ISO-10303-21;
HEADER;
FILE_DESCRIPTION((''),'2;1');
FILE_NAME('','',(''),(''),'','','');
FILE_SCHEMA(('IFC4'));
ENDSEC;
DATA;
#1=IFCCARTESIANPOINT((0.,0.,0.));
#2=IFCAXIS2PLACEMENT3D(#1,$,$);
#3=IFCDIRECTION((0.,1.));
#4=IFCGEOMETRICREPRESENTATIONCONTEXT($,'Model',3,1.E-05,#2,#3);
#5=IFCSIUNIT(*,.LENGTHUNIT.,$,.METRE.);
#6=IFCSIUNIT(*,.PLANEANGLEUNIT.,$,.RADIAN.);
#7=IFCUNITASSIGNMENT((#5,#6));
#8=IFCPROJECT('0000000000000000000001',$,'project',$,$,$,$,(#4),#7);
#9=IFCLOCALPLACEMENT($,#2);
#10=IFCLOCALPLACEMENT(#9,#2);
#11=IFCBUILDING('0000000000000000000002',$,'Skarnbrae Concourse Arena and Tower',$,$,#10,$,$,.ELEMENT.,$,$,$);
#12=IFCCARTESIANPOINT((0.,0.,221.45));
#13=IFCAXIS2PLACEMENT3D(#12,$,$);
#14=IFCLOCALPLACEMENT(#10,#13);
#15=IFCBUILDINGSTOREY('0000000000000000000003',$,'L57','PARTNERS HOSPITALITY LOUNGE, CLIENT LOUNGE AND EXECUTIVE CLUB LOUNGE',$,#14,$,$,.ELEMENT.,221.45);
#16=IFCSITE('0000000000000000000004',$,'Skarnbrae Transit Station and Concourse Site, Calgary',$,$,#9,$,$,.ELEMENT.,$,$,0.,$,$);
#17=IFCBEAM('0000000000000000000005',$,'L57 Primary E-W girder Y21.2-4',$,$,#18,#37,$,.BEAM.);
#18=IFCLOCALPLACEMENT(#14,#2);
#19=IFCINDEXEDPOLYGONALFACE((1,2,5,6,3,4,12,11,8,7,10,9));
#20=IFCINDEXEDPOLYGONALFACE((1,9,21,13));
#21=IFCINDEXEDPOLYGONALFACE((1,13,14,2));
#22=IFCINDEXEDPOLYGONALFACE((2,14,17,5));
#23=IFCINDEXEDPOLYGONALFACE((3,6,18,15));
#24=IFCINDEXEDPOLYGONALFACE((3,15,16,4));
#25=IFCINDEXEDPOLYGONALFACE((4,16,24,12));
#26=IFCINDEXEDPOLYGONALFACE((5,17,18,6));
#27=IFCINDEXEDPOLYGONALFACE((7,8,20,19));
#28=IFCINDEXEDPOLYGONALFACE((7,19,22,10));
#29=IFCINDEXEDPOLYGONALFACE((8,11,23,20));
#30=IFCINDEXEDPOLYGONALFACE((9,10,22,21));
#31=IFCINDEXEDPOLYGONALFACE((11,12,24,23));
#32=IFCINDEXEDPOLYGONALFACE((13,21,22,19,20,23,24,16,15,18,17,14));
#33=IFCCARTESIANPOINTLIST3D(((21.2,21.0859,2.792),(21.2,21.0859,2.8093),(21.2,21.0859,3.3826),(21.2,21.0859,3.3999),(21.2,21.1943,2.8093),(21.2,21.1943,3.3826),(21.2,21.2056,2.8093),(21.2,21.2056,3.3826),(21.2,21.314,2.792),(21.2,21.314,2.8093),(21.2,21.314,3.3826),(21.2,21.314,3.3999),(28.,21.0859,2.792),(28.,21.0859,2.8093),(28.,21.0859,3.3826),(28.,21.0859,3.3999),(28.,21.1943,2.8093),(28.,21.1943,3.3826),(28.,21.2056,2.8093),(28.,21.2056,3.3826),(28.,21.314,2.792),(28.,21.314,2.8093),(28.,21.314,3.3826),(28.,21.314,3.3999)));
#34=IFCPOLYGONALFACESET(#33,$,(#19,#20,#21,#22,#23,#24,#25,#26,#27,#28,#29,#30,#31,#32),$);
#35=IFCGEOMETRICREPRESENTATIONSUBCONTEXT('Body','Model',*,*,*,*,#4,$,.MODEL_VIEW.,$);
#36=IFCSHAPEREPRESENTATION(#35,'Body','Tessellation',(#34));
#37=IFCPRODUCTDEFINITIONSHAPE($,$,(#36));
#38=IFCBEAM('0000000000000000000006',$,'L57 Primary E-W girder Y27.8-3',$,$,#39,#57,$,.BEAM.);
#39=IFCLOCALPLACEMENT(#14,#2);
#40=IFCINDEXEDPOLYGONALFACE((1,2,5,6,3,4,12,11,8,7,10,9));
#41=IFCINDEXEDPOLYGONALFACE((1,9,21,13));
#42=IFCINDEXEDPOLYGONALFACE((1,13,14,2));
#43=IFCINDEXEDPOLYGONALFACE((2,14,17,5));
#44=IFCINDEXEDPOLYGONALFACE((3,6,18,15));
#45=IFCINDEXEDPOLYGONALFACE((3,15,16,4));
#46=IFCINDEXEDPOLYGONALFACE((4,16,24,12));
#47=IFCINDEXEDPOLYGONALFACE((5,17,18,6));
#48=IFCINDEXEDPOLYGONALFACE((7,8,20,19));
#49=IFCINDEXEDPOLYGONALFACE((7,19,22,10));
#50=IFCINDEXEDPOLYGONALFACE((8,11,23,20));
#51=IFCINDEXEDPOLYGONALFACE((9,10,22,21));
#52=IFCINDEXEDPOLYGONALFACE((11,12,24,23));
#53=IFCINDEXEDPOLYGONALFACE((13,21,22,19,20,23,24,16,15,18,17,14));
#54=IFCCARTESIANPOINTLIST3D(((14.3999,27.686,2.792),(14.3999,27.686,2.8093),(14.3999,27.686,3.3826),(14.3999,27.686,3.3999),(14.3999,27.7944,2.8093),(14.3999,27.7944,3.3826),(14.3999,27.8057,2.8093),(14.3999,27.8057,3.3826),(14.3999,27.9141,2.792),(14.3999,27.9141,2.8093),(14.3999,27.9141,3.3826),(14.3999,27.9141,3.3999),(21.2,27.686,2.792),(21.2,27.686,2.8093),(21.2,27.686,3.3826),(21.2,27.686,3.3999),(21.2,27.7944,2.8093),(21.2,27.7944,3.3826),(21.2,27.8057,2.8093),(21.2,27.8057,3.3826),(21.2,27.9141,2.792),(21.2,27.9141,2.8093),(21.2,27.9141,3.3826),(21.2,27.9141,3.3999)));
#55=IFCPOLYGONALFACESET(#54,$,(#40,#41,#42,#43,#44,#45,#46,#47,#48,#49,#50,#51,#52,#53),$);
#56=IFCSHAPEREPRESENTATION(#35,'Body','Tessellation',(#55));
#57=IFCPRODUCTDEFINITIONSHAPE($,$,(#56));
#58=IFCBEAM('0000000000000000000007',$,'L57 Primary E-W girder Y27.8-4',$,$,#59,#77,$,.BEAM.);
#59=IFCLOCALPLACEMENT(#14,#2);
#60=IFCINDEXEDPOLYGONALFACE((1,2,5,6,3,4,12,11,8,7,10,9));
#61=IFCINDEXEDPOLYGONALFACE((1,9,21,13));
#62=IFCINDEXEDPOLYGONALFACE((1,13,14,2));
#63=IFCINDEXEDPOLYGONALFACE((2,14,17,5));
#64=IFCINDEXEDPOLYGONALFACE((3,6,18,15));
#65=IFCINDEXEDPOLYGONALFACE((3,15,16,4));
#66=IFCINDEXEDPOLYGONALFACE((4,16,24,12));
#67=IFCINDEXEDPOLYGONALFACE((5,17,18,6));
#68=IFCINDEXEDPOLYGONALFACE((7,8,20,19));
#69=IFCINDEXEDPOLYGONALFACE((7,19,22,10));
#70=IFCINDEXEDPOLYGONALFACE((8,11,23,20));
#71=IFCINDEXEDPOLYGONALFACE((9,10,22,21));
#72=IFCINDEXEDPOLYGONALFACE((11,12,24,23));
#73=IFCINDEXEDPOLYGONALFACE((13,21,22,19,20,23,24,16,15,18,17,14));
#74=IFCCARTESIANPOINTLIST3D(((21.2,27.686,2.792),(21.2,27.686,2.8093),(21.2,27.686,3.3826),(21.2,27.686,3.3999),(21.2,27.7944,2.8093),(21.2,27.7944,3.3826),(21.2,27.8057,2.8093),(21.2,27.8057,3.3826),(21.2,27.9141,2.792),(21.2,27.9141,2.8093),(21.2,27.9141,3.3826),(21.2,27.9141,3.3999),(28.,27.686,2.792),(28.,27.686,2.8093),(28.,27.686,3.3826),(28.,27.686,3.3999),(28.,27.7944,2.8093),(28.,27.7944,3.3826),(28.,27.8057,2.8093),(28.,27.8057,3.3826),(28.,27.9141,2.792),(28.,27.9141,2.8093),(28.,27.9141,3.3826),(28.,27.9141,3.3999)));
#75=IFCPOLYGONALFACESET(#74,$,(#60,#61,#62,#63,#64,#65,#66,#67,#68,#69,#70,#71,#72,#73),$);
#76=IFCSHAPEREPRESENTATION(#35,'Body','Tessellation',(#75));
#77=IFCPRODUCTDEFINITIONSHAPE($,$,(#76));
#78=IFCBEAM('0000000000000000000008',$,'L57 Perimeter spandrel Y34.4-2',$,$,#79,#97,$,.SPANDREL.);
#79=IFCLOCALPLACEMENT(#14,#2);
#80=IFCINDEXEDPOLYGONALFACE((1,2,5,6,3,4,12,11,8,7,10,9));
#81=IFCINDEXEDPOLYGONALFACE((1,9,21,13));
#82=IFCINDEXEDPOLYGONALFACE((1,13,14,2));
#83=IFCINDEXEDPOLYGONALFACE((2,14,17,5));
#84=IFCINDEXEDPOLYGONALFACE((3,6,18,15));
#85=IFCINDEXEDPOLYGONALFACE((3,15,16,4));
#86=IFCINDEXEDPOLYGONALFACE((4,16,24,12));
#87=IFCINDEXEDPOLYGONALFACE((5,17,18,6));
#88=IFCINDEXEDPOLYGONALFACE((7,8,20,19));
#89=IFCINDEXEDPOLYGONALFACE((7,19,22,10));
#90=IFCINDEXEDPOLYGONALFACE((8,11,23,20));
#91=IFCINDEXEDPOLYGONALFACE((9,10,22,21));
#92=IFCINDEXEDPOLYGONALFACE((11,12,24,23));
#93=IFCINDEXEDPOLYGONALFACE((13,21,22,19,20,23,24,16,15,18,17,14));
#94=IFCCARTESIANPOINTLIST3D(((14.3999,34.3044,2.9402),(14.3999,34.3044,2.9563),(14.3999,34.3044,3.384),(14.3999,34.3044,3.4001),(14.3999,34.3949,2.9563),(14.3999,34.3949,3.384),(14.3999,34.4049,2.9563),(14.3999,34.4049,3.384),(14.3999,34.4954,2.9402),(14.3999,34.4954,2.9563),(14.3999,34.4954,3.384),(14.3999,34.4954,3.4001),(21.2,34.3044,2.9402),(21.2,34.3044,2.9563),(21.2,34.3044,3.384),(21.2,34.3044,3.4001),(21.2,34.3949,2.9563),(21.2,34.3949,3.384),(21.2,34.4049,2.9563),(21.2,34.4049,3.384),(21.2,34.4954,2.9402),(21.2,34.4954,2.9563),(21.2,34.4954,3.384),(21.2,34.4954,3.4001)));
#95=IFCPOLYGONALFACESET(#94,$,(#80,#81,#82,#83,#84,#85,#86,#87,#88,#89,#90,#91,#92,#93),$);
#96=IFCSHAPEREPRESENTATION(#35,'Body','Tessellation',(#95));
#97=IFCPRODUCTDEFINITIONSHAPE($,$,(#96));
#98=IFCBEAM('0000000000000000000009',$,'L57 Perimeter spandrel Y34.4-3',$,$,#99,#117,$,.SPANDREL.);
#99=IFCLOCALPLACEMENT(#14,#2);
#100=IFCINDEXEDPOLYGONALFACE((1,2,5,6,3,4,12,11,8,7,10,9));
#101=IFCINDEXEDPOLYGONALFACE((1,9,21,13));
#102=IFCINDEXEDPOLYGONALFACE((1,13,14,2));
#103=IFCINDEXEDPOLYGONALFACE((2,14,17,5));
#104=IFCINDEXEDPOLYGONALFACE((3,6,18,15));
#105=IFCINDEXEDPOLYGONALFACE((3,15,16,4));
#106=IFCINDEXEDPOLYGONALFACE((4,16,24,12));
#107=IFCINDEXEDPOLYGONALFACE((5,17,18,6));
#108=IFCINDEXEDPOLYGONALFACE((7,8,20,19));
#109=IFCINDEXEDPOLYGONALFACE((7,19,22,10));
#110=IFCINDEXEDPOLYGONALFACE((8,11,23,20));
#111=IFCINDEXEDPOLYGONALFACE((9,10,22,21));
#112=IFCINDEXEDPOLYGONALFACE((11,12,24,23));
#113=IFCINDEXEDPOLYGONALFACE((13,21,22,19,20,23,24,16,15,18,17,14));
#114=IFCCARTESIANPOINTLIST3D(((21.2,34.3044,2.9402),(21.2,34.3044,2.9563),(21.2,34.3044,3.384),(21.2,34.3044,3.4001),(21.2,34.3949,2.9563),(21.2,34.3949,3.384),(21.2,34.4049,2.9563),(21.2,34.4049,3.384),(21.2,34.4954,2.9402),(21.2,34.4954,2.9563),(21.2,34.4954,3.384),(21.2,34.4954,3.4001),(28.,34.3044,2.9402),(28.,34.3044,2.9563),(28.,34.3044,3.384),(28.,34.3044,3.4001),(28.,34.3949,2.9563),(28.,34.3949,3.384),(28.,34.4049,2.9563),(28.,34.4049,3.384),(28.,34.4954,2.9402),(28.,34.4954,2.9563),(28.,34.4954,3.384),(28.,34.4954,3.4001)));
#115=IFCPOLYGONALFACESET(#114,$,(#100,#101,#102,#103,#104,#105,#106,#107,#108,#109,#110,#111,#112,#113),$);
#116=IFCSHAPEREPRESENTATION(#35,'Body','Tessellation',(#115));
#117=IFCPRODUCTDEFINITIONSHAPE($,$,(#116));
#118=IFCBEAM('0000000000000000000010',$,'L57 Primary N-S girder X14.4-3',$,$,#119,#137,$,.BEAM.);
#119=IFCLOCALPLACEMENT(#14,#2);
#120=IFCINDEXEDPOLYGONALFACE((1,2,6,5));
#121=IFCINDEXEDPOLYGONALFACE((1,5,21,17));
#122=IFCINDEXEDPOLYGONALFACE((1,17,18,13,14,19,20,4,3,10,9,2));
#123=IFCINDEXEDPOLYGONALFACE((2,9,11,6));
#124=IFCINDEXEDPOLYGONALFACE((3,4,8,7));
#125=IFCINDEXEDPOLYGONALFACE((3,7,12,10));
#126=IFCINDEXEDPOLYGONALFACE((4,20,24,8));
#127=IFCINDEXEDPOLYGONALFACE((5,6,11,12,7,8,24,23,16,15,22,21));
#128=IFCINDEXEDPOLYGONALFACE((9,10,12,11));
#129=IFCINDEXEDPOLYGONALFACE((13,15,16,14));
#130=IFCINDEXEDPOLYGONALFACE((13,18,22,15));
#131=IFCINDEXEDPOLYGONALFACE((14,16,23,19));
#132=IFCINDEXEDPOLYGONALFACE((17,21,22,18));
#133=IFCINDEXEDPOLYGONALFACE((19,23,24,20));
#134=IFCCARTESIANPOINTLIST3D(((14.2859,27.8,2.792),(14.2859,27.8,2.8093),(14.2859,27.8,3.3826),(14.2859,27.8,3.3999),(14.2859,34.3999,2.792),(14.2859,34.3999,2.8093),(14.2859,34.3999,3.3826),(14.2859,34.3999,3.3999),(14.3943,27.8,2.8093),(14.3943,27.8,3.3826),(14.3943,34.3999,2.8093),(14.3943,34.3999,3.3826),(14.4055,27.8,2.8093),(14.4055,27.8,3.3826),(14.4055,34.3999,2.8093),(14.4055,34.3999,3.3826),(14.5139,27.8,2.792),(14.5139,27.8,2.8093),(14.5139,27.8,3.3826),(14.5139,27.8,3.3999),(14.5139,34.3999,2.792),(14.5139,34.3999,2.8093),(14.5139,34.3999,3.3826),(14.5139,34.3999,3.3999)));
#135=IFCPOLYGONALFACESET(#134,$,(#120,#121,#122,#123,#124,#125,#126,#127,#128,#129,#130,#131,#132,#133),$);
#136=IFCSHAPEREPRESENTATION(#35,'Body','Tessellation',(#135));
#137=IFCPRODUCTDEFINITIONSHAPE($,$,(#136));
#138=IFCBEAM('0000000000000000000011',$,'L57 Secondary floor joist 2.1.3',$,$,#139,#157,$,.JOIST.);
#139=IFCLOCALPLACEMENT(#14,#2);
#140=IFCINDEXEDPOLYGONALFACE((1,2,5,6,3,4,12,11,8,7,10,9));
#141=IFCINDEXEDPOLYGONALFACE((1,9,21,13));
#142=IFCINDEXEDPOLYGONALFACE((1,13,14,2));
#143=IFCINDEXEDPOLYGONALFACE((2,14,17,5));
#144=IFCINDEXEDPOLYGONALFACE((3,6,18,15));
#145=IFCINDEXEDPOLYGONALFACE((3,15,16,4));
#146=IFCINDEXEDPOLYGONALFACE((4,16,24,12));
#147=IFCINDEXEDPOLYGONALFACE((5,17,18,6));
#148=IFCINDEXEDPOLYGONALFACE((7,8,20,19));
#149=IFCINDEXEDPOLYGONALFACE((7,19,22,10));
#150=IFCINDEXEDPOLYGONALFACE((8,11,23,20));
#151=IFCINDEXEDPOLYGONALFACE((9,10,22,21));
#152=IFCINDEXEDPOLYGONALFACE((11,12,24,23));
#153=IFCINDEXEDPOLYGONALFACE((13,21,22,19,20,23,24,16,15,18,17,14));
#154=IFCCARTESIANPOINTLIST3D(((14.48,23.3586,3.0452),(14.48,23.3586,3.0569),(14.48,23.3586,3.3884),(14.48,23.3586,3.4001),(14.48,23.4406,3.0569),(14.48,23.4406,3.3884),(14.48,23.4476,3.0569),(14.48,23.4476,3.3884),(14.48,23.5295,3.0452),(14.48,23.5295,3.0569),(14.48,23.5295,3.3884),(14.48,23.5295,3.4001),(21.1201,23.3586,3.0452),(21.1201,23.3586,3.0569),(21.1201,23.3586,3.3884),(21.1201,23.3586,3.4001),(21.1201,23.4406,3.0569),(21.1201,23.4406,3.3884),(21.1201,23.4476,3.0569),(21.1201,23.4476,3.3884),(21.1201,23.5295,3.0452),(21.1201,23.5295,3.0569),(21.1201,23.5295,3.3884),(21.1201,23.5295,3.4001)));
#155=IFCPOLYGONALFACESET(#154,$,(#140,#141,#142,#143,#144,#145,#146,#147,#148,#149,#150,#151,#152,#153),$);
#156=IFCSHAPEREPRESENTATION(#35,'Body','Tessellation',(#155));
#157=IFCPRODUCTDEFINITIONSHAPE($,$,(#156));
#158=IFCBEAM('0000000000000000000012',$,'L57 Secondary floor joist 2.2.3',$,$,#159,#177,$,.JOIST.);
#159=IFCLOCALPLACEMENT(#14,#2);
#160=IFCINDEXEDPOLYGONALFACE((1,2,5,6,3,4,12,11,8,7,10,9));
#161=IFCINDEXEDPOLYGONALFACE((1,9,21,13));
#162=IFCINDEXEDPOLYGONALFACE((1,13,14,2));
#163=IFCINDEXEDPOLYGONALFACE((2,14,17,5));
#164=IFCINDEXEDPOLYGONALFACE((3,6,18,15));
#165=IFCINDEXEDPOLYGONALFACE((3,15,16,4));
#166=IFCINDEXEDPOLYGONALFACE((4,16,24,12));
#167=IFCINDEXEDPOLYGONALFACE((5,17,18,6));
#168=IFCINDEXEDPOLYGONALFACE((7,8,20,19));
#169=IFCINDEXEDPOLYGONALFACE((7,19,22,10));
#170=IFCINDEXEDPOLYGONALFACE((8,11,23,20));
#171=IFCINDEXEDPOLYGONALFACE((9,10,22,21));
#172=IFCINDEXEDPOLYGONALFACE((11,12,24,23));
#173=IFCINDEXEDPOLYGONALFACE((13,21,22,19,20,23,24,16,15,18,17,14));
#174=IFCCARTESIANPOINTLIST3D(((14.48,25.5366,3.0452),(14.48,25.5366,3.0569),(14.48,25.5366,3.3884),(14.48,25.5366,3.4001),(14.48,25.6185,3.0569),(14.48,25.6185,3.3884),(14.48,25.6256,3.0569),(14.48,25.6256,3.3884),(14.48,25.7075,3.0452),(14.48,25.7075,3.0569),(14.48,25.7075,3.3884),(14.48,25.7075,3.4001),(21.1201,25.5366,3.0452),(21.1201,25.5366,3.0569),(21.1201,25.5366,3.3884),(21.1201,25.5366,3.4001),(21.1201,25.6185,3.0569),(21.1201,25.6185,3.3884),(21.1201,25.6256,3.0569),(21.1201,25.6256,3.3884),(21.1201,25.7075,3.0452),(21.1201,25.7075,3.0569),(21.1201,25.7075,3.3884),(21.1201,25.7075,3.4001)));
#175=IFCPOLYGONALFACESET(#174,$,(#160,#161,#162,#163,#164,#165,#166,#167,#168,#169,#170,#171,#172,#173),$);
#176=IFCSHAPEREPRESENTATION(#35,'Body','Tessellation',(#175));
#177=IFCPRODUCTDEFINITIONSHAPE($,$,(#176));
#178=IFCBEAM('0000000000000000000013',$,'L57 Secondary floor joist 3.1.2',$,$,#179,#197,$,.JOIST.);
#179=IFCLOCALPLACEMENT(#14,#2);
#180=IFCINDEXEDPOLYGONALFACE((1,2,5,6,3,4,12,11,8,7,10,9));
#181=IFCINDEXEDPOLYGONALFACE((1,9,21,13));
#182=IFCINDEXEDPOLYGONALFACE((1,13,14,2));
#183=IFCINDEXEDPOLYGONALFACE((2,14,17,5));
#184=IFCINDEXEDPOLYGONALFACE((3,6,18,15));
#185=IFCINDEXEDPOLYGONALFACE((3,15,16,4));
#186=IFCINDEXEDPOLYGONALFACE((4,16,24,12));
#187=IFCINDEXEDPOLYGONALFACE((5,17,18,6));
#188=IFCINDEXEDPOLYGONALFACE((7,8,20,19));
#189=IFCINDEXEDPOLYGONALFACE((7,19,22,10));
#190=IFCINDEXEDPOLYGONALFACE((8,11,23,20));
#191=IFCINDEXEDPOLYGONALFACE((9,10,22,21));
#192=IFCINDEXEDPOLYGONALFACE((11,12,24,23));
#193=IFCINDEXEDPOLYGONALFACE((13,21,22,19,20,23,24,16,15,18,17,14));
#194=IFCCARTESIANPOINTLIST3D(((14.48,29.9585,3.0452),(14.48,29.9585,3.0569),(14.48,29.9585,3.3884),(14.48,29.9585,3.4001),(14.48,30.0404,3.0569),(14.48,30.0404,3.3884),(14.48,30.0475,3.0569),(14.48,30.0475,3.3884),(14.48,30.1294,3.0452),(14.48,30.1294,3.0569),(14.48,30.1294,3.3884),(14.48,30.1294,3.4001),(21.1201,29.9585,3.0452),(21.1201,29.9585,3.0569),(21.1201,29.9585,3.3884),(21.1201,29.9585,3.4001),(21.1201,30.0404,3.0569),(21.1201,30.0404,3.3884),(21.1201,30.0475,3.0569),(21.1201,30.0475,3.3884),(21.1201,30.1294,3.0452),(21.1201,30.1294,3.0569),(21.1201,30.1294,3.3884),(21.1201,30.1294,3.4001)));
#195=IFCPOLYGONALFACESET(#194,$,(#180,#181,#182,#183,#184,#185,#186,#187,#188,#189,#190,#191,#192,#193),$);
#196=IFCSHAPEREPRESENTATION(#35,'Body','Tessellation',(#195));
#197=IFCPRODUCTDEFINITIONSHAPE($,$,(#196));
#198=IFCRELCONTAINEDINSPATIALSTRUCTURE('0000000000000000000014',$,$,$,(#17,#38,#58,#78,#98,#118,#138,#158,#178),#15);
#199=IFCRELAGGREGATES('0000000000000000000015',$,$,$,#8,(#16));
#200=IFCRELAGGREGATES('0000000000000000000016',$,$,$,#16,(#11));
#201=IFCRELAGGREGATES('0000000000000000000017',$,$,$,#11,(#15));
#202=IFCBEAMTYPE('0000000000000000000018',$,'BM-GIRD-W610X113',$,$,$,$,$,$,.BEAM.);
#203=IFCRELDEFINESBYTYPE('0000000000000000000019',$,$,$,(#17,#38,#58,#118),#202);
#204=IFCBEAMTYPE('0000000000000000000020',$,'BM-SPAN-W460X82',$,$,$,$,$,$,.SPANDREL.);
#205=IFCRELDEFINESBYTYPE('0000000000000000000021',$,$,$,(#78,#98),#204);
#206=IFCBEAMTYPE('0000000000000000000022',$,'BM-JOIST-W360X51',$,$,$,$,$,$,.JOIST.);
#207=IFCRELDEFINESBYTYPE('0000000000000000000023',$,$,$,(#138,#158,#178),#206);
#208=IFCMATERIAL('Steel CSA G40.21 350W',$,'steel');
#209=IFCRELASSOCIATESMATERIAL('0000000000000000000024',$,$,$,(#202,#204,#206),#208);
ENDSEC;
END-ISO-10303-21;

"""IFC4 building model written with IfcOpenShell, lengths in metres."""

from ifc_helpers import new_model, si_unit, direction, frame, origin, origin_2d, place, context, subcontext, project, spatial, i_section, extrude, source, transform, mapped, material, material_profile, profile_set, type_object, element, save


model = new_model("IFC4")

# Units and contexts
model_context = context("Model", 3, precision=1e-05, world=origin(), true_north=direction((0.0, 1.0)))
body_context = subcontext(model_context, "Body", "Model", "MODEL_VIEW")
ifc_project = project(units=[si_unit("LENGTHUNIT", "METRE"), si_unit("PLANEANGLEUNIT", "RADIAN")], contexts=[model_context])

# Site, building, storey
site_placement = place(None, origin())
site = spatial("IfcSite", under=ifc_project, at=site_placement, Name="Skarnbrae Transit Station and Concourse Site, Calgary", CompositionType="ELEMENT", RefElevation=0.0)
building_placement = place(site_placement, origin())
building = spatial("IfcBuilding", under=site, at=building_placement, Name="Skarnbrae Concourse Arena and Tower", CompositionType="ELEMENT")
storey_placement = place(building_placement, frame((0.0, 0.0, 221.45)))
storey = spatial("IfcBuildingStorey", under=building, at=storey_placement, Name="L57", Description="PARTNERS HOSPITALITY LOUNGE, CLIENT LOUNGE AND EXECUTIVE CLUB LOUNGE", CompositionType="ELEMENT", Elevation=221.45)

# Shared definitions
ifc_material_1 = material(Name="Steel CSA G40.21 350W", Category="steel")

# Beams
ifc_material_profile_1 = material_profile(ifc_material_1, i_section(OverallWidth=0.228, OverallDepth=0.6079, WebThickness=0.0112, FlangeThickness=0.0173, at=origin_2d()), Name="W610X113")
ifc_profile_set_1 = profile_set([ifc_material_profile_1], Name="Steel CSA G40.21 350W")
beam_type_1 = type_object("IfcBeamType", Name="BM-GIRD-W610X113", PredefinedType="BEAM", material=ifc_profile_set_1)
shared_shape_1 = source(origin(), body_context, "Body", "SweptSolid", [
    extrude(i_section(OverallWidth=0.228, OverallDepth=0.6079, WebThickness=0.0112, FlangeThickness=0.0173, at=origin_2d()), origin(), (0.0, 0.0, 1.0), 6.8),
])
for number, where, z_axis, x_axis, name in (
    (1, (21.2, 21.2, 3.0959), (1.0, 0.0, 0.0), (0.0, 1.0, 0.0), "L57 Primary E-W girder Y21.2-4"),
    (2, (14.3999, 27.8, 3.0959), (1.0, 0.0, 0.0), (0.0, 1.0, 0.0), "L57 Primary E-W girder Y27.8-3"),
    (3, (21.2, 27.8, 3.0959), (1.0, 0.0, 0.0), (0.0, 1.0, 0.0), "L57 Primary E-W girder Y27.8-4"),
):
    element("IfcBeam", number, at=place(storey_placement, frame(where, z_axis=z_axis, x_axis=x_axis)), inside=storey, type_object=beam_type_1, Name=name, PredefinedType="BEAM", context=body_context, shape_type="MappedRepresentation", body=[
        mapped(shared_shape_1, transform((0.0, 0.0, 0.0))),
    ])
ifc_material_profile_2 = material_profile(ifc_material_1, i_section(OverallWidth=0.1909, OverallDepth=0.46, WebThickness=0.01, FlangeThickness=0.0161, at=origin_2d()), Name="W460X82")
ifc_profile_set_2 = profile_set([ifc_material_profile_2], Name="Steel CSA G40.21 350W")
beam_type_2 = type_object("IfcBeamType", Name="BM-SPAN-W460X82", PredefinedType="SPANDREL", material=ifc_profile_set_2)
shared_shape_2 = source(origin(), body_context, "Body", "SweptSolid", [
    extrude(i_section(OverallWidth=0.1909, OverallDepth=0.46, WebThickness=0.01, FlangeThickness=0.0161, at=origin_2d()), origin(), (0.0, 0.0, 1.0), 6.8),
])
for number, where, z_axis, x_axis, name in (
    (4, (14.3999, 34.3999, 3.1702), (1.0, 0.0, 0.0), (0.0, 1.0, 0.0), "L57 Perimeter spandrel Y34.4-2"),
    (5, (21.2, 34.3999, 3.1702), (1.0, 0.0, 0.0), (0.0, 1.0, 0.0), "L57 Perimeter spandrel Y34.4-3"),
):
    element("IfcBeam", number, at=place(storey_placement, frame(where, z_axis=z_axis, x_axis=x_axis)), inside=storey, type_object=beam_type_2, Name=name, PredefinedType="SPANDREL", context=body_context, shape_type="MappedRepresentation", body=[
        mapped(shared_shape_2, transform((0.0, 0.0, 0.0))),
    ])
shared_shape_3 = source(origin(), body_context, "Body", "SweptSolid", [
    extrude(i_section(OverallWidth=0.228, OverallDepth=0.6079, WebThickness=0.0112, FlangeThickness=0.0173, at=origin_2d()), origin(), (0.0, 0.0, 1.0), 6.5999),
])
beam_placement = place(storey_placement, frame((14.3999, 27.8, 3.0959), z_axis=(0.0, 1.0, 0.0), x_axis=(-1.0, 0.0, 0.0)))
element("IfcBeam", 6, at=beam_placement, inside=storey, type_object=beam_type_1, Name="L57 Primary N-S girder X14.4-3", PredefinedType="BEAM", context=body_context, shape_type="MappedRepresentation", body=[
    mapped(shared_shape_3, transform((0.0, 0.0, 0.0))),
])
ifc_material_profile_3 = material_profile(ifc_material_1, i_section(OverallWidth=0.1709, OverallDepth=0.355, WebThickness=0.0071, FlangeThickness=0.0117, at=origin_2d()), Name="W360X51")
ifc_profile_set_3 = profile_set([ifc_material_profile_3], Name="Steel CSA G40.21 350W")
beam_type_3 = type_object("IfcBeamType", Name="BM-JOIST-W360X51", PredefinedType="JOIST", material=ifc_profile_set_3)
shared_shape_4 = source(origin(), body_context, "Body", "SweptSolid", [
    extrude(i_section(OverallWidth=0.1709, OverallDepth=0.355, WebThickness=0.0071, FlangeThickness=0.0117, at=origin_2d()), origin(), (0.0, 0.0, 1.0), 6.6401),
])
for number, where, z_axis, x_axis, name in (
    (7, (14.48, 23.4441, 3.2227), (1.0, 0.0, 0.0), (0.0, 1.0, 0.0), "L57 Secondary floor joist 2.1.3"),
    (8, (14.48, 25.6221, 3.2227), (1.0, 0.0, 0.0), (0.0, 1.0, 0.0), "L57 Secondary floor joist 2.2.3"),
    (9, (14.48, 30.0439, 3.2227), (1.0, 0.0, 0.0), (0.0, 1.0, 0.0), "L57 Secondary floor joist 3.1.2"),
):
    element("IfcBeam", number, at=place(storey_placement, frame(where, z_axis=z_axis, x_axis=x_axis)), inside=storey, type_object=beam_type_3, Name=name, PredefinedType="JOIST", context=body_context, shape_type="MappedRepresentation", body=[
        mapped(shared_shape_4, transform((0.0, 0.0, 0.0))),
    ])

save(model, "model.ifc")
